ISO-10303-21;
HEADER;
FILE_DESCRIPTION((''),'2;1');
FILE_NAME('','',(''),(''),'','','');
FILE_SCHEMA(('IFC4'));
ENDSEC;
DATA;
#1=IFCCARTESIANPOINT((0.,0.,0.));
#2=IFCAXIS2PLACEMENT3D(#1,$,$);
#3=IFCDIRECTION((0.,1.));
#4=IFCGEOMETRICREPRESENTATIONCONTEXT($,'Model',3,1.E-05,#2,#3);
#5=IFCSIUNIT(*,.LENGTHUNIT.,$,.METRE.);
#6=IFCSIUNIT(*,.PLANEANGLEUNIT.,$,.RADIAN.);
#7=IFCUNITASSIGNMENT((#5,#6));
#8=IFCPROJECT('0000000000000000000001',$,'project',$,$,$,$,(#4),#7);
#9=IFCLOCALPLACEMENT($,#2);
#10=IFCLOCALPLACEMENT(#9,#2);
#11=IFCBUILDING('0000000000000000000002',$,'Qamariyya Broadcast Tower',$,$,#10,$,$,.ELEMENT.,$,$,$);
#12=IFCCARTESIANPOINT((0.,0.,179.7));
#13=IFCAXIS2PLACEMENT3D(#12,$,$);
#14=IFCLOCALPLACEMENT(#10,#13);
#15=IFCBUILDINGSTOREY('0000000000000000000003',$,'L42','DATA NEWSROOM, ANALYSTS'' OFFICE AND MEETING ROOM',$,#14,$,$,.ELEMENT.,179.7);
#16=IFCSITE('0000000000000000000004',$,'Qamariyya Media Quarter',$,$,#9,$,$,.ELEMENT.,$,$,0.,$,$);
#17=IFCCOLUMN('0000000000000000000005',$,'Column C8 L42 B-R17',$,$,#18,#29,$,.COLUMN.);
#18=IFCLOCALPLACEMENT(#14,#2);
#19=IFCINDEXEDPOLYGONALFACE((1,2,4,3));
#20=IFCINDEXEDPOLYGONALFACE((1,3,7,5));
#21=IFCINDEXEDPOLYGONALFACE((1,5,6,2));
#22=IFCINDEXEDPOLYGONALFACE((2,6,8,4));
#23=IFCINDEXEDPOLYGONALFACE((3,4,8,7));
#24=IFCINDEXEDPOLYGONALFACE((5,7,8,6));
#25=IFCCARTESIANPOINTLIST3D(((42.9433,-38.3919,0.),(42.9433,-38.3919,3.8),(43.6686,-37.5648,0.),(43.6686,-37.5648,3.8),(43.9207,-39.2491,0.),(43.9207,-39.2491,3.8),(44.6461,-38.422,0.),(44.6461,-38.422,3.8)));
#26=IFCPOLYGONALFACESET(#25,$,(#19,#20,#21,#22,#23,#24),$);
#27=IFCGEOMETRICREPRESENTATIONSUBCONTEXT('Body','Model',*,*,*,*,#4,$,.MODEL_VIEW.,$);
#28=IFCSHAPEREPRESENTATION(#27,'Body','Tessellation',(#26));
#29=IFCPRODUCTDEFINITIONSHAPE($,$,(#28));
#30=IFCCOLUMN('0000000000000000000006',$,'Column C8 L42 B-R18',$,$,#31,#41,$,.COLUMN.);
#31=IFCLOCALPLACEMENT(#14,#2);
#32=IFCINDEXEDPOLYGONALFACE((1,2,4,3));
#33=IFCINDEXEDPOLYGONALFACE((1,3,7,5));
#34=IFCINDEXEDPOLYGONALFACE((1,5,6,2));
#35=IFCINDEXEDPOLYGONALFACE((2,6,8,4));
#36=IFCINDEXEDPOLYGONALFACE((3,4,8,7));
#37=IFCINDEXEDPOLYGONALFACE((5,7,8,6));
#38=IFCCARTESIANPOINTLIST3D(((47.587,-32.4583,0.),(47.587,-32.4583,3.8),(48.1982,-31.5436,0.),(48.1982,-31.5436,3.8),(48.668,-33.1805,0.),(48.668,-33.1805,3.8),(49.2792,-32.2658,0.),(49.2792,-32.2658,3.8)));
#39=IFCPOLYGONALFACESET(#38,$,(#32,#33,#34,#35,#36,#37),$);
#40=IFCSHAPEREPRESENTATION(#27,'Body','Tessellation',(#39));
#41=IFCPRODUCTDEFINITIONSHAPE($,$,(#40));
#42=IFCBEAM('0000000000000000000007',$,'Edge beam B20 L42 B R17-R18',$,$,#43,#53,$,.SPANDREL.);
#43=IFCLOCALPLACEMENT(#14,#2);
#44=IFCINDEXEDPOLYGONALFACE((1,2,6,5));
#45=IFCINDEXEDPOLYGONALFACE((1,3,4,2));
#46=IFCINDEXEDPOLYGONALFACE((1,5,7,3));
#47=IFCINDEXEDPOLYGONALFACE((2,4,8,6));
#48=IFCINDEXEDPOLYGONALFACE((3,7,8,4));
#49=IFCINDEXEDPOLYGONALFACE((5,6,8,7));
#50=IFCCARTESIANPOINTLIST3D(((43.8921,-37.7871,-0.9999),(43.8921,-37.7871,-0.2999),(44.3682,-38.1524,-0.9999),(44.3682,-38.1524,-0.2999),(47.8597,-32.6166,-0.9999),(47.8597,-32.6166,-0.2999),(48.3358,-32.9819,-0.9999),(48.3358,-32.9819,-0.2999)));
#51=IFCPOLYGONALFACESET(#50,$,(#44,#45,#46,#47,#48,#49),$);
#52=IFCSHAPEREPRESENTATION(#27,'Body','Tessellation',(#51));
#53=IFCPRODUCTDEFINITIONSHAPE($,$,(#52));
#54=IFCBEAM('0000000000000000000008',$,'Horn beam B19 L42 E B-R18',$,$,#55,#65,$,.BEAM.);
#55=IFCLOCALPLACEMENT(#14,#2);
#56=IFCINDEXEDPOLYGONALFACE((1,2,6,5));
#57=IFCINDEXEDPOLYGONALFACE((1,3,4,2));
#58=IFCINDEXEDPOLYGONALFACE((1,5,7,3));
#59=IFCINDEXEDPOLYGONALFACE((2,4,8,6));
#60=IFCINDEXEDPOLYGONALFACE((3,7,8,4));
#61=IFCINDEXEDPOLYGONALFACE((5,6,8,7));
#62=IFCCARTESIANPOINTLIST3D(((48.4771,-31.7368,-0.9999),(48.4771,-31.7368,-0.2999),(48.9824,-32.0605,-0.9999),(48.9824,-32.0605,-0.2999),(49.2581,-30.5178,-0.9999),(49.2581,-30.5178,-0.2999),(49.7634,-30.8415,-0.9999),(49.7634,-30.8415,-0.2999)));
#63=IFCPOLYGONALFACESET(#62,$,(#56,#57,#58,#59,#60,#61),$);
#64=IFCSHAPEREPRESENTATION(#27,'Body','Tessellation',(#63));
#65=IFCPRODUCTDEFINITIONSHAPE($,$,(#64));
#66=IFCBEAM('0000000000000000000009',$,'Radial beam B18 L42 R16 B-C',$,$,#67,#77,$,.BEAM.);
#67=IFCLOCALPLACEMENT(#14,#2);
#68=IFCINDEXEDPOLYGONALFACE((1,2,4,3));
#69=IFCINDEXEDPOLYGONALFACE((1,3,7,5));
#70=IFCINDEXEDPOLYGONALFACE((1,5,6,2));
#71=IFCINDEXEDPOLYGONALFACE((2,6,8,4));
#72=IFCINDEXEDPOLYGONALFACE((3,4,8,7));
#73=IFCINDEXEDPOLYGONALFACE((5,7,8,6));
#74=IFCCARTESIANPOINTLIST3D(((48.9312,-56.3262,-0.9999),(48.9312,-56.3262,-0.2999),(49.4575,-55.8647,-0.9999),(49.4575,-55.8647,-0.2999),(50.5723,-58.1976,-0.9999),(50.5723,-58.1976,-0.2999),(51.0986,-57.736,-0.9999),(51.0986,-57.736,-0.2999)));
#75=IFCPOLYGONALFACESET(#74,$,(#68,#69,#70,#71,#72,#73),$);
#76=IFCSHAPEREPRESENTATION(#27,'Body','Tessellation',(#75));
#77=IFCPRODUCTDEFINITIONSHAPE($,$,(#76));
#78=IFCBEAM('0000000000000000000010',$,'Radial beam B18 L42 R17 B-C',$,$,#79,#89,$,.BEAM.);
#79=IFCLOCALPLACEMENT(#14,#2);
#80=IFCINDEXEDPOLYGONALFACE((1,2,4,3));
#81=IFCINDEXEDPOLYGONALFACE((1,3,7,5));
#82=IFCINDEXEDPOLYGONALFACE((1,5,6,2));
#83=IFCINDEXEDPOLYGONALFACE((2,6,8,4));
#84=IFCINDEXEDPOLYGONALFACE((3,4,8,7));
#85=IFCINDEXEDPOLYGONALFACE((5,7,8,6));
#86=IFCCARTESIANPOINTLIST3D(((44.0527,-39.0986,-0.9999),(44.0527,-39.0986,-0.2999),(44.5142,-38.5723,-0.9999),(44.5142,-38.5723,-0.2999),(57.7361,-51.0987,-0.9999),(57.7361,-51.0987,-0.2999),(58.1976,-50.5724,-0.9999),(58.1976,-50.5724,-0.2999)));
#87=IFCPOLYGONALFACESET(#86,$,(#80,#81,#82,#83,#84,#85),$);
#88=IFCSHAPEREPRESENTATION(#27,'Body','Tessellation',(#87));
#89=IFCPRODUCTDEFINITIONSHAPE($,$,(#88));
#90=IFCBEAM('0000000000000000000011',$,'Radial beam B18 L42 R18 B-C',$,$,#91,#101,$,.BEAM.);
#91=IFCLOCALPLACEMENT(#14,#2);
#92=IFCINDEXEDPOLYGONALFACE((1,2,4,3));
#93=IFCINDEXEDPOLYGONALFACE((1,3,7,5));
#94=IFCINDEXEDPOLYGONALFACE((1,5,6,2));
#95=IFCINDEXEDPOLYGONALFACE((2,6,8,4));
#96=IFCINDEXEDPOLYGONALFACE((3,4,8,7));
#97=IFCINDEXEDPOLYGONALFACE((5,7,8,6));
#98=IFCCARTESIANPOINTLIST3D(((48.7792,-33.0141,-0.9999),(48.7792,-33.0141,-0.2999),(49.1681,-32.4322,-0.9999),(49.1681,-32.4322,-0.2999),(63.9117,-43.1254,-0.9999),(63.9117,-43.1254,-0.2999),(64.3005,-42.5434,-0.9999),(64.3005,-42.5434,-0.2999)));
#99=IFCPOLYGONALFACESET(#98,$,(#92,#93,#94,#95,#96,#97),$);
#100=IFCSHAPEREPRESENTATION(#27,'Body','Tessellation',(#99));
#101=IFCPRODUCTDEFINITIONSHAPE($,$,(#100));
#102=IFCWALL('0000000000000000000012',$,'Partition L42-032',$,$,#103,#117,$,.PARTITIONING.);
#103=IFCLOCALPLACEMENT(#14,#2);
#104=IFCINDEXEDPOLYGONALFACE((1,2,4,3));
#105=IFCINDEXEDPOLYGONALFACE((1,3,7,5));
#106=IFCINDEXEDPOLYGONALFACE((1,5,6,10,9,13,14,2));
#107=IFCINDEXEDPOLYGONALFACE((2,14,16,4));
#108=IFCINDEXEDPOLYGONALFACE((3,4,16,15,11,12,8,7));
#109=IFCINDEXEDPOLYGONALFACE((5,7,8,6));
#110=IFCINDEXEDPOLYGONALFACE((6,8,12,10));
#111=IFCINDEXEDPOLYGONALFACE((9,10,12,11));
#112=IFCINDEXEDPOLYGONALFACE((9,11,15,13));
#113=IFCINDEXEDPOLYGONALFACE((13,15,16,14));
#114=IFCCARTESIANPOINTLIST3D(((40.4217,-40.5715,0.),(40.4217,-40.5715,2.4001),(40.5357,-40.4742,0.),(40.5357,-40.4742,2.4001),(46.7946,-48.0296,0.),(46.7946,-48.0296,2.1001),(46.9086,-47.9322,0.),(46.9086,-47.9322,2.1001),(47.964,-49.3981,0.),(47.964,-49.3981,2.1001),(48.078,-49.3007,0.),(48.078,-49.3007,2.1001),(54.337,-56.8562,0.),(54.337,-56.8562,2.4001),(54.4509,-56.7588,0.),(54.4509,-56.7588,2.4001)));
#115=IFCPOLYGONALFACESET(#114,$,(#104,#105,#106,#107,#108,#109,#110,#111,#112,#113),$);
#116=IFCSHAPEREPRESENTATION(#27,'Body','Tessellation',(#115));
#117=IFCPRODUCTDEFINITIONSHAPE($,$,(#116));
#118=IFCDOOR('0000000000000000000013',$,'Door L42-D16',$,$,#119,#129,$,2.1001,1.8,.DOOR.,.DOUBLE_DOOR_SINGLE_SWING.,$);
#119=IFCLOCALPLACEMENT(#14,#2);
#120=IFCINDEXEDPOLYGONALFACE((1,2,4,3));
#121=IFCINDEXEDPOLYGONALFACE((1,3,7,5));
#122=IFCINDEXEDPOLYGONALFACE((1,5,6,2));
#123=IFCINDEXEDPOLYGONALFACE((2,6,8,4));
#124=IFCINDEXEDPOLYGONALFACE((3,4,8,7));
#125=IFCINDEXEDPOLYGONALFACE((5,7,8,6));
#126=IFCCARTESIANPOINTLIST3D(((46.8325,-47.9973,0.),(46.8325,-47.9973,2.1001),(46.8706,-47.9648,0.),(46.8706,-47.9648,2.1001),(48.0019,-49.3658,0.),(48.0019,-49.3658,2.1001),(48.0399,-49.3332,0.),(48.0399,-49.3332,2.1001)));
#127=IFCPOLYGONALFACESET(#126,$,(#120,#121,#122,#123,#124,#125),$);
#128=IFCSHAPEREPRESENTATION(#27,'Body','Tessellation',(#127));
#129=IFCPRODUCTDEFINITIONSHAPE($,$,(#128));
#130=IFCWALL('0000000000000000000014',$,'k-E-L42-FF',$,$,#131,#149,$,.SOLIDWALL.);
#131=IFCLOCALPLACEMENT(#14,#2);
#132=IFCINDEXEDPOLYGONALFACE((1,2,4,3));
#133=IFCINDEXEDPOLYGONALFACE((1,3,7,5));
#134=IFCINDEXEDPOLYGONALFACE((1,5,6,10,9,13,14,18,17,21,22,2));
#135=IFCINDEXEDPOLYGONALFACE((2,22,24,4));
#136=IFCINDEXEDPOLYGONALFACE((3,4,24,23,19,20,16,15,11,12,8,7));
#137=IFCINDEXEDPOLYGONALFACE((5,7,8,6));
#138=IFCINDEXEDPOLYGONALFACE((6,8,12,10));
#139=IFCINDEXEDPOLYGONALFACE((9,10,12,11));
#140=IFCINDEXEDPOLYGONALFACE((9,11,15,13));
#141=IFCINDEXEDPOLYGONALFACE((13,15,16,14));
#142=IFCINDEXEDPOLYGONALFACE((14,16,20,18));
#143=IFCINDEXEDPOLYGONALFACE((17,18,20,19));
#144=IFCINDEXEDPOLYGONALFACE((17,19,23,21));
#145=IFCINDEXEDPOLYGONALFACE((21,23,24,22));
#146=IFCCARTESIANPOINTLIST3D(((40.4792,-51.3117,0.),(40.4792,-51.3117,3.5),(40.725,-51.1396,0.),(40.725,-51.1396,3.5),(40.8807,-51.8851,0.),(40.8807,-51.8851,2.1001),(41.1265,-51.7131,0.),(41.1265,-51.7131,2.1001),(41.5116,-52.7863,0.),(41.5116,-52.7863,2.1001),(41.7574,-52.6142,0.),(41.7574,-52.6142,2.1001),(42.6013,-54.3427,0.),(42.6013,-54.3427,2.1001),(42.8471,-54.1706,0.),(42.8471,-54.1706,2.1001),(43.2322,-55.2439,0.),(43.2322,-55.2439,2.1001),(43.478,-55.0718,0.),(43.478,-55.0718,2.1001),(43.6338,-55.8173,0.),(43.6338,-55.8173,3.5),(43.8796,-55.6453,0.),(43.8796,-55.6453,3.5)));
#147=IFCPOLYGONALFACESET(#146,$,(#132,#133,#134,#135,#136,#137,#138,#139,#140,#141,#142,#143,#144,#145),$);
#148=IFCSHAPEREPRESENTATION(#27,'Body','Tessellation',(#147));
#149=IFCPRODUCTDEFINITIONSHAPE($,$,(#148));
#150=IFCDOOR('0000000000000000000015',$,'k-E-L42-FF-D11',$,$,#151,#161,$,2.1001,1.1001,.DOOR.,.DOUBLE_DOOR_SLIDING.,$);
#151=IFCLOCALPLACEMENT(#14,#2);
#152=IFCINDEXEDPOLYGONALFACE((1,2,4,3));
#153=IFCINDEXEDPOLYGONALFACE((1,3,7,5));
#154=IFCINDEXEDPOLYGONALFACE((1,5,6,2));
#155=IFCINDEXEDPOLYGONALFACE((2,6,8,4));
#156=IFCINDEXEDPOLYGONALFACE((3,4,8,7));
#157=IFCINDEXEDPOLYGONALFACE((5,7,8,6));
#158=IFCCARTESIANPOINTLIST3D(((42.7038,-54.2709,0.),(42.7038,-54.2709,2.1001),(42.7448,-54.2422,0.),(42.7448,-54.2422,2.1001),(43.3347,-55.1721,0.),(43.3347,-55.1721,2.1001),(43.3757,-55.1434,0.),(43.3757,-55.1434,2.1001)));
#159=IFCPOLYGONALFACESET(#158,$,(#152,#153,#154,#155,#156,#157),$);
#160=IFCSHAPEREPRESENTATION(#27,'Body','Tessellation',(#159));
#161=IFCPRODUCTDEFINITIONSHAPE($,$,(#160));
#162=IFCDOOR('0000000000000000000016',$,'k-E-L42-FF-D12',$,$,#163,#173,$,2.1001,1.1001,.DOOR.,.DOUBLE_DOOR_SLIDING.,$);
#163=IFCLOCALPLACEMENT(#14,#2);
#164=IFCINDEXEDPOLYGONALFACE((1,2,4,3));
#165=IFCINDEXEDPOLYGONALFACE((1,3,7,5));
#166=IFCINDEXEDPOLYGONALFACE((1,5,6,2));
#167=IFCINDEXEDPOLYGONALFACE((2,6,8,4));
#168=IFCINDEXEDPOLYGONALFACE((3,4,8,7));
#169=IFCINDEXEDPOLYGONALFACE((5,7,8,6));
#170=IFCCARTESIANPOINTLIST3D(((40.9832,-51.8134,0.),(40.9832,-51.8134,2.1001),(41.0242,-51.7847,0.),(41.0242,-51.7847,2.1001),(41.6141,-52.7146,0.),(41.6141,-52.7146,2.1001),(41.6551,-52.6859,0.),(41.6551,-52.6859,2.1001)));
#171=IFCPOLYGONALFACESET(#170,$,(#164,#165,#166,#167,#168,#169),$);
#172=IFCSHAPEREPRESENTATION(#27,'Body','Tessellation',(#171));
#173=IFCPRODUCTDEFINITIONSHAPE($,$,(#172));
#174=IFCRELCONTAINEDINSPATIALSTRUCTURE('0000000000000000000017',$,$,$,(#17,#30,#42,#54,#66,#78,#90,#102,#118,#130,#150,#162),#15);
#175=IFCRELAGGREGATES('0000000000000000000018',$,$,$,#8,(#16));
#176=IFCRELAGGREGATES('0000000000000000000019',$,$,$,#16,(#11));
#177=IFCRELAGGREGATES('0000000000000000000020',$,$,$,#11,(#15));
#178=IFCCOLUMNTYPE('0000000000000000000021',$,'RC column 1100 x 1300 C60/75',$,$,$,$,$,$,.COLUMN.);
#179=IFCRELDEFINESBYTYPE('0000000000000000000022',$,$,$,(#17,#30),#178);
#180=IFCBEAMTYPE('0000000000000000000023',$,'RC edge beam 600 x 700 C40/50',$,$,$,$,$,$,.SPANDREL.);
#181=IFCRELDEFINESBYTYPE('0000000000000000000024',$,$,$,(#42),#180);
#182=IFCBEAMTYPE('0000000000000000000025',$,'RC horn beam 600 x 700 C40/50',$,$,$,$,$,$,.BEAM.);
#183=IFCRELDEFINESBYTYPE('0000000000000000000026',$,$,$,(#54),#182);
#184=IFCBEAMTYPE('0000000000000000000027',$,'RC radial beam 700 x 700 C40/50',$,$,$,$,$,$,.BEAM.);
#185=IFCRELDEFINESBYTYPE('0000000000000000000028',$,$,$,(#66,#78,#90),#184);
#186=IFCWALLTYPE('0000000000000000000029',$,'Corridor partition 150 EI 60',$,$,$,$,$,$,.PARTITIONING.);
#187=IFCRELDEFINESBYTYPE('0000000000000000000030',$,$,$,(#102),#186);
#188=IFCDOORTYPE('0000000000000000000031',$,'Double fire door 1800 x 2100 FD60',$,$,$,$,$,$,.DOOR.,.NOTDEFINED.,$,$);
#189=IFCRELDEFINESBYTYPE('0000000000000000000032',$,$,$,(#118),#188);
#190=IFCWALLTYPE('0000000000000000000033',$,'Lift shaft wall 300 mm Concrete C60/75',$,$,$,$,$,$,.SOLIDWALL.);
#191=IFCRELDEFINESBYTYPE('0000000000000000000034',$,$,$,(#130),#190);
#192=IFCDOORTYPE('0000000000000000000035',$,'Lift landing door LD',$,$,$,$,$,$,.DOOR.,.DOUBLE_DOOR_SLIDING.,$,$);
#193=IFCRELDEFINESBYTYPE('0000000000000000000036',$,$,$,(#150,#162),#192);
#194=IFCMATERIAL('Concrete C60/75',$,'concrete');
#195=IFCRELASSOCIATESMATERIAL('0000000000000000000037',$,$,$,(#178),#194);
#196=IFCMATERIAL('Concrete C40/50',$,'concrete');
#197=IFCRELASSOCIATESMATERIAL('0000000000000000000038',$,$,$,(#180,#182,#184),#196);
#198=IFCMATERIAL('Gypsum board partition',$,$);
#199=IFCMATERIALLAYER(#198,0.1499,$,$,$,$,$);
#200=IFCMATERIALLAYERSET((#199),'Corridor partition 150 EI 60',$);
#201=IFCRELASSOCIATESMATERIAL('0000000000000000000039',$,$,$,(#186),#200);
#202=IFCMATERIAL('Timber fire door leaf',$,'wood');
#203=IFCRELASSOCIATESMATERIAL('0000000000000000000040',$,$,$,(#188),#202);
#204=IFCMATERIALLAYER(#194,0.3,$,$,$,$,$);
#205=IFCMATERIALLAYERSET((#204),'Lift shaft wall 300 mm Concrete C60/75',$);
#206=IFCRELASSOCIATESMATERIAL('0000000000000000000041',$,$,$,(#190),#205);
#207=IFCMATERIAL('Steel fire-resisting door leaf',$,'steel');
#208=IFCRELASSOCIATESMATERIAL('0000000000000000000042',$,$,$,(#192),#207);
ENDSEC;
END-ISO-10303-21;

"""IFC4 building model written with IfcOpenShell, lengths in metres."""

from ifc_helpers import new_model, si_unit, direction, frame, frame_2d, origin, origin_2d, place, context, subcontext, project, spatial, rectangle, extrude, material, layer, layer_set, material_profile, profile_set, type_object, element, fill, save


model = new_model("IFC4")

# Units and contexts
model_context = context("Model", 3, precision=1e-05, world=origin(), true_north=direction((0.0, 1.0)))
body_context = subcontext(model_context, "Body", "Model", "MODEL_VIEW")
ifc_project = project(units=[si_unit("LENGTHUNIT", "METRE"), si_unit("PLANEANGLEUNIT", "RADIAN")], contexts=[model_context])

# Site, building, storey
site_placement = place(None, origin())
site = spatial("IfcSite", under=ifc_project, at=site_placement, Name="Qamariyya Media Quarter", CompositionType="ELEMENT", RefElevation=0.0)
building_placement = place(site_placement, origin())
building = spatial("IfcBuilding", under=site, at=building_placement, Name="Qamariyya Broadcast Tower", CompositionType="ELEMENT")
storey_placement = place(building_placement, frame((0.0, 0.0, 179.7)))
storey = spatial("IfcBuildingStorey", under=building, at=storey_placement, Name="L42", Description="DATA NEWSROOM, ANALYSTS' OFFICE AND MEETING ROOM", CompositionType="ELEMENT", Elevation=179.7)

# Columns
ifc_material_1 = material(Name="Concrete C60/75", Category="concrete")
ifc_material_profile_1 = material_profile(ifc_material_1, rectangle(XDim=1.1001, YDim=1.3, at=origin_2d()))
ifc_profile_set_1 = profile_set([ifc_material_profile_1], Name="Concrete C60/75")
column_type = type_object("IfcColumnType", Name="RC column 1100 x 1300 C60/75", PredefinedType="COLUMN", material=ifc_profile_set_1)
for number, where, z_axis, x_axis, name in (
    (1, (43.7947, -38.407, 0.0), (0.0, 0.0, 1.0), (0.659346, 0.75184, 0.0), "Column C8 L42 B-R17"),
    (2, (48.4331, -32.3621, 0.0), (0.0, 0.0, 1.0), (0.55557, 0.83147, 0.0), "Column C8 L42 B-R18"),
):
    element("IfcColumn", number, at=place(storey_placement, frame(where, z_axis=z_axis, x_axis=x_axis)), inside=storey, type_object=column_type, Name=name, PredefinedType="COLUMN", context=body_context, shape_type="SweptSolid", body=[
        extrude(rectangle(XDim=1.1001, YDim=1.3, at=origin_2d()), origin(), (0.0, 0.0, 1.0), 3.8),
    ])

# Beams
ifc_material_2 = material(Name="Concrete C40/50", Category="concrete")
ifc_material_profile_2 = material_profile(ifc_material_2, rectangle(XDim=0.6001, YDim=0.7, at=origin_2d()))
ifc_profile_set_2 = profile_set([ifc_material_profile_2], Name="Concrete C40/50")
beam_type_1 = type_object("IfcBeamType", Name="RC edge beam 600 x 700 C40/50", PredefinedType="SPANDREL", material=ifc_profile_set_2)
beam_1_placement = place(storey_placement, frame((44.1301, -37.9697, -0.6499), z_axis=(0.608774, 0.793343, 0.0), x_axis=(-0.793343, 0.608774, 0.0)))
element("IfcBeam", 3, at=beam_1_placement, inside=storey, type_object=beam_type_1, Name="Edge beam B20 L42 B R17-R18", PredefinedType="SPANDREL", context=body_context, shape_type="SweptSolid", body=[
    extrude(rectangle(XDim=0.6001, YDim=0.7, at=origin_2d()), origin(), (0.0, 0.0, 1.0), 6.5173),
])
ifc_material_profile_3 = material_profile(ifc_material_2, rectangle(XDim=0.6001, YDim=0.7, at=origin_2d()))
ifc_profile_set_3 = profile_set([ifc_material_profile_3], Name="Concrete C40/50")
beam_type_2 = type_object("IfcBeamType", Name="RC horn beam 600 x 700 C40/50", PredefinedType="BEAM", material=ifc_profile_set_3)
beam_2_placement = place(storey_placement, frame((48.7297, -31.8987, -0.6499), z_axis=(0.53947, 0.842005, 0.0), x_axis=(-0.842005, 0.53947, 0.0)))
element("IfcBeam", 4, at=beam_2_placement, inside=storey, type_object=beam_type_2, Name="Horn beam B19 L42 E B-R18", PredefinedType="BEAM", context=body_context, shape_type="SweptSolid", body=[
    extrude(rectangle(XDim=0.6001, YDim=0.7, at=origin_2d()), origin(), (0.0, 0.0, 1.0), 1.4478),
])
ifc_material_profile_4 = material_profile(ifc_material_2, rectangle(XDim=0.7, YDim=0.7, at=origin_2d()))
ifc_profile_set_4 = profile_set([ifc_material_profile_4], Name="Concrete C40/50")
beam_type_3 = type_object("IfcBeamType", Name="RC radial beam 700 x 700 C40/50", PredefinedType="BEAM", material=ifc_profile_set_4)
beam_3_placement = place(storey_placement, frame((49.1943, -56.0955, -0.6499), z_axis=(0.659344, -0.751841, 0.0), x_axis=(0.751841, 0.659344, 0.0)))
element("IfcBeam", 5, at=beam_3_placement, inside=storey, type_object=beam_type_3, Name="Radial beam B18 L42 R16 B-C", PredefinedType="BEAM", context=body_context, shape_type="SweptSolid", body=[
    extrude(rectangle(XDim=0.7, YDim=0.7, at=origin_2d()), origin(), (0.0, 0.0, 1.0), 2.489),
])
beam_4_placement = place(storey_placement, frame((44.2834, -38.8354, -0.6499), z_axis=(0.751839, -0.659347, 0.0), x_axis=(0.659347, 0.751839, 0.0)))
element("IfcBeam", 6, at=beam_4_placement, inside=storey, type_object=beam_type_3, Name="Radial beam B18 L42 R17 B-C", PredefinedType="BEAM", context=body_context, shape_type="SweptSolid", body=[
    extrude(rectangle(XDim=0.7, YDim=0.7, at=origin_2d()), origin(), (0.0, 0.0, 1.0), 18.2),
])
beam_5_placement = place(storey_placement, frame((48.9736, -32.7231, -0.6499), z_axis=(0.831468, -0.555573, 0.0), x_axis=(0.555573, 0.831468, 0.0)))
element("IfcBeam", 7, at=beam_5_placement, inside=storey, type_object=beam_type_3, Name="Radial beam B18 L42 R18 B-C", PredefinedType="BEAM", context=body_context, shape_type="SweptSolid", body=[
    extrude(rectangle(XDim=0.7, YDim=0.7, at=origin_2d()), origin(), (0.0, 0.0, 1.0), 18.1997),
])

# Wall, opening, door
ifc_material_3 = material(Name="Gypsum board partition")
ifc_layer_1 = layer(ifc_material_3, 0.1499)
ifc_layer_set_1 = layer_set([ifc_layer_1], Name="Corridor partition 150 EI 60")
wall_type_1 = type_object("IfcWallType", Name="Corridor partition 150 EI 60", PredefinedType="PARTITIONING", material=ifc_layer_set_1)
wall_1_placement = place(storey_placement, frame((40.4788, -40.5229, 0.0), z_axis=(0.0, 0.0, 1.0), x_axis=(0.649633, -0.760248, 0.0)))
wall_1 = element("IfcWall", 8, at=wall_1_placement, inside=storey, type_object=wall_type_1, Name="Partition L42-032", PredefinedType="PARTITIONING", context=body_context, shape_type="SweptSolid", body=[
    extrude(rectangle(XDim=21.4202, YDim=0.1499, at=frame_2d((10.71, 0.0))), origin(), (0.0, 0.0, 1.0), 2.4001),
])
opening_1_placement = place(wall_1_placement, frame((9.8101, 0.0, 0.0)))
opening_1 = element("IfcOpeningElement", 9, at=opening_1_placement, cuts=wall_1, PredefinedType="OPENING", context=body_context, shape_type="SweptSolid", body=[
    extrude(rectangle(XDim=1.8, YDim=2.1001, at=frame_2d((0.8999, 1.05))), frame((0.0, 0.085, 0.0), z_axis=(0.0, -1.0, 0.0), x_axis=(1.0, 0.0, 0.0)), (0.0, 0.0, 1.0), 0.1699),
])
ifc_material_4 = material(Name="Timber fire door leaf", Category="wood")
door_type_1 = type_object("IfcDoorType", Name="Double fire door 1800 x 2100 FD60", OperationType="NOTDEFINED", PredefinedType="DOOR", material=ifc_material_4)
door_1_placement = place(opening_1_placement, origin())
door_1 = element("IfcDoor", 10, at=door_1_placement, inside=storey, type_object=door_type_1, Name="Door L42-D16", OperationType="DOUBLE_DOOR_SINGLE_SWING", OverallHeight=2.1001, OverallWidth=1.8, PredefinedType="DOOR", context=body_context, shape_type="SweptSolid", body=[
    extrude(rectangle(XDim=1.8, YDim=2.1001, at=frame_2d((0.8999, 1.05))), frame((0.0, 0.0249, 0.0), z_axis=(0.0, -1.0, 0.0), x_axis=(1.0, 0.0, 0.0)), (0.0, 0.0, 1.0), 0.05),
])
fill(opening_1, door_1)

# Wall, openings, doors
ifc_layer_2 = layer(ifc_material_1, 0.3)
ifc_layer_set_2 = layer_set([ifc_layer_2], Name="Lift shaft wall 300 mm Concrete C60/75")
wall_type_2 = type_object("IfcWallType", Name="Lift shaft wall 300 mm Concrete C60/75", PredefinedType="SOLIDWALL", material=ifc_layer_set_2)
wall_2_placement = place(storey_placement, frame((43.7566, -55.7312, 0.0), z_axis=(0.0, 0.0, 1.0), x_axis=(-0.573537, 0.81918, 0.0)))
wall_2 = element("IfcWall", 11, at=wall_2_placement, inside=storey, type_object=wall_type_2, Name="k-E-L42-FF", PredefinedType="SOLIDWALL", context=body_context, shape_type="SweptSolid", body=[
    extrude(rectangle(XDim=5.5002, YDim=0.3, at=frame_2d((2.75, 0.0))), origin(), (0.0, 0.0, 1.0), 3.5),
])
opening_2_placement = place(wall_2_placement, frame((0.7, 0.0, 0.0)))
opening_2 = element("IfcOpeningElement", 12, at=opening_2_placement, cuts=wall_2, PredefinedType="OPENING", context=body_context, shape_type="SweptSolid", body=[
    extrude(rectangle(XDim=1.1001, YDim=2.1001, at=frame_2d((0.55, 1.05))), frame((0.0, 0.1599, 0.0), z_axis=(0.0, -1.0, 0.0), x_axis=(1.0, 0.0, 0.0)), (0.0, 0.0, 1.0), 0.3201),
])
opening_3_placement = place(wall_2_placement, frame((3.7, 0.0, 0.0)))
opening_3 = element("IfcOpeningElement", 13, at=opening_3_placement, cuts=wall_2, PredefinedType="OPENING", context=body_context, shape_type="SweptSolid", body=[
    extrude(rectangle(XDim=1.1001, YDim=2.1001, at=frame_2d((0.55, 1.05))), frame((0.0, 0.1599, 0.0), z_axis=(0.0, -1.0, 0.0), x_axis=(1.0, 0.0, 0.0)), (0.0, 0.0, 1.0), 0.3201),
])
ifc_material_5 = material(Name="Steel fire-resisting door leaf", Category="steel")
door_type_2 = type_object("IfcDoorType", Name="Lift landing door LD", OperationType="DOUBLE_DOOR_SLIDING", PredefinedType="DOOR", material=ifc_material_5)
door_2_placement = place(opening_2_placement, origin())
door_2 = element("IfcDoor", 14, at=door_2_placement, inside=storey, type_object=door_type_2, Name="k-E-L42-FF-D11", OperationType="DOUBLE_DOOR_SLIDING", OverallHeight=2.1001, OverallWidth=1.1001, PredefinedType="DOOR", context=body_context, shape_type="SweptSolid", body=[
    extrude(rectangle(XDim=1.1001, YDim=2.1001, at=frame_2d((0.55, 1.05))), frame((0.0, 0.0249, 0.0), z_axis=(0.0, -1.0, 0.0), x_axis=(1.0, 0.0, 0.0)), (0.0, 0.0, 1.0), 0.05),
])
fill(opening_2, door_2)
door_3_placement = place(opening_3_placement, origin())
door_3 = element("IfcDoor", 15, at=door_3_placement, inside=storey, type_object=door_type_2, Name="k-E-L42-FF-D12", OperationType="DOUBLE_DOOR_SLIDING", OverallHeight=2.1001, OverallWidth=1.1001, PredefinedType="DOOR", context=body_context, shape_type="SweptSolid", body=[
    extrude(rectangle(XDim=1.1001, YDim=2.1001, at=frame_2d((0.55, 1.05))), frame((0.0, 0.0249, 0.0), z_axis=(0.0, -1.0, 0.0), x_axis=(1.0, 0.0, 0.0)), (0.0, 0.0, 1.0), 0.05),
])
fill(opening_3, door_3)

save(model, "model.ifc")
